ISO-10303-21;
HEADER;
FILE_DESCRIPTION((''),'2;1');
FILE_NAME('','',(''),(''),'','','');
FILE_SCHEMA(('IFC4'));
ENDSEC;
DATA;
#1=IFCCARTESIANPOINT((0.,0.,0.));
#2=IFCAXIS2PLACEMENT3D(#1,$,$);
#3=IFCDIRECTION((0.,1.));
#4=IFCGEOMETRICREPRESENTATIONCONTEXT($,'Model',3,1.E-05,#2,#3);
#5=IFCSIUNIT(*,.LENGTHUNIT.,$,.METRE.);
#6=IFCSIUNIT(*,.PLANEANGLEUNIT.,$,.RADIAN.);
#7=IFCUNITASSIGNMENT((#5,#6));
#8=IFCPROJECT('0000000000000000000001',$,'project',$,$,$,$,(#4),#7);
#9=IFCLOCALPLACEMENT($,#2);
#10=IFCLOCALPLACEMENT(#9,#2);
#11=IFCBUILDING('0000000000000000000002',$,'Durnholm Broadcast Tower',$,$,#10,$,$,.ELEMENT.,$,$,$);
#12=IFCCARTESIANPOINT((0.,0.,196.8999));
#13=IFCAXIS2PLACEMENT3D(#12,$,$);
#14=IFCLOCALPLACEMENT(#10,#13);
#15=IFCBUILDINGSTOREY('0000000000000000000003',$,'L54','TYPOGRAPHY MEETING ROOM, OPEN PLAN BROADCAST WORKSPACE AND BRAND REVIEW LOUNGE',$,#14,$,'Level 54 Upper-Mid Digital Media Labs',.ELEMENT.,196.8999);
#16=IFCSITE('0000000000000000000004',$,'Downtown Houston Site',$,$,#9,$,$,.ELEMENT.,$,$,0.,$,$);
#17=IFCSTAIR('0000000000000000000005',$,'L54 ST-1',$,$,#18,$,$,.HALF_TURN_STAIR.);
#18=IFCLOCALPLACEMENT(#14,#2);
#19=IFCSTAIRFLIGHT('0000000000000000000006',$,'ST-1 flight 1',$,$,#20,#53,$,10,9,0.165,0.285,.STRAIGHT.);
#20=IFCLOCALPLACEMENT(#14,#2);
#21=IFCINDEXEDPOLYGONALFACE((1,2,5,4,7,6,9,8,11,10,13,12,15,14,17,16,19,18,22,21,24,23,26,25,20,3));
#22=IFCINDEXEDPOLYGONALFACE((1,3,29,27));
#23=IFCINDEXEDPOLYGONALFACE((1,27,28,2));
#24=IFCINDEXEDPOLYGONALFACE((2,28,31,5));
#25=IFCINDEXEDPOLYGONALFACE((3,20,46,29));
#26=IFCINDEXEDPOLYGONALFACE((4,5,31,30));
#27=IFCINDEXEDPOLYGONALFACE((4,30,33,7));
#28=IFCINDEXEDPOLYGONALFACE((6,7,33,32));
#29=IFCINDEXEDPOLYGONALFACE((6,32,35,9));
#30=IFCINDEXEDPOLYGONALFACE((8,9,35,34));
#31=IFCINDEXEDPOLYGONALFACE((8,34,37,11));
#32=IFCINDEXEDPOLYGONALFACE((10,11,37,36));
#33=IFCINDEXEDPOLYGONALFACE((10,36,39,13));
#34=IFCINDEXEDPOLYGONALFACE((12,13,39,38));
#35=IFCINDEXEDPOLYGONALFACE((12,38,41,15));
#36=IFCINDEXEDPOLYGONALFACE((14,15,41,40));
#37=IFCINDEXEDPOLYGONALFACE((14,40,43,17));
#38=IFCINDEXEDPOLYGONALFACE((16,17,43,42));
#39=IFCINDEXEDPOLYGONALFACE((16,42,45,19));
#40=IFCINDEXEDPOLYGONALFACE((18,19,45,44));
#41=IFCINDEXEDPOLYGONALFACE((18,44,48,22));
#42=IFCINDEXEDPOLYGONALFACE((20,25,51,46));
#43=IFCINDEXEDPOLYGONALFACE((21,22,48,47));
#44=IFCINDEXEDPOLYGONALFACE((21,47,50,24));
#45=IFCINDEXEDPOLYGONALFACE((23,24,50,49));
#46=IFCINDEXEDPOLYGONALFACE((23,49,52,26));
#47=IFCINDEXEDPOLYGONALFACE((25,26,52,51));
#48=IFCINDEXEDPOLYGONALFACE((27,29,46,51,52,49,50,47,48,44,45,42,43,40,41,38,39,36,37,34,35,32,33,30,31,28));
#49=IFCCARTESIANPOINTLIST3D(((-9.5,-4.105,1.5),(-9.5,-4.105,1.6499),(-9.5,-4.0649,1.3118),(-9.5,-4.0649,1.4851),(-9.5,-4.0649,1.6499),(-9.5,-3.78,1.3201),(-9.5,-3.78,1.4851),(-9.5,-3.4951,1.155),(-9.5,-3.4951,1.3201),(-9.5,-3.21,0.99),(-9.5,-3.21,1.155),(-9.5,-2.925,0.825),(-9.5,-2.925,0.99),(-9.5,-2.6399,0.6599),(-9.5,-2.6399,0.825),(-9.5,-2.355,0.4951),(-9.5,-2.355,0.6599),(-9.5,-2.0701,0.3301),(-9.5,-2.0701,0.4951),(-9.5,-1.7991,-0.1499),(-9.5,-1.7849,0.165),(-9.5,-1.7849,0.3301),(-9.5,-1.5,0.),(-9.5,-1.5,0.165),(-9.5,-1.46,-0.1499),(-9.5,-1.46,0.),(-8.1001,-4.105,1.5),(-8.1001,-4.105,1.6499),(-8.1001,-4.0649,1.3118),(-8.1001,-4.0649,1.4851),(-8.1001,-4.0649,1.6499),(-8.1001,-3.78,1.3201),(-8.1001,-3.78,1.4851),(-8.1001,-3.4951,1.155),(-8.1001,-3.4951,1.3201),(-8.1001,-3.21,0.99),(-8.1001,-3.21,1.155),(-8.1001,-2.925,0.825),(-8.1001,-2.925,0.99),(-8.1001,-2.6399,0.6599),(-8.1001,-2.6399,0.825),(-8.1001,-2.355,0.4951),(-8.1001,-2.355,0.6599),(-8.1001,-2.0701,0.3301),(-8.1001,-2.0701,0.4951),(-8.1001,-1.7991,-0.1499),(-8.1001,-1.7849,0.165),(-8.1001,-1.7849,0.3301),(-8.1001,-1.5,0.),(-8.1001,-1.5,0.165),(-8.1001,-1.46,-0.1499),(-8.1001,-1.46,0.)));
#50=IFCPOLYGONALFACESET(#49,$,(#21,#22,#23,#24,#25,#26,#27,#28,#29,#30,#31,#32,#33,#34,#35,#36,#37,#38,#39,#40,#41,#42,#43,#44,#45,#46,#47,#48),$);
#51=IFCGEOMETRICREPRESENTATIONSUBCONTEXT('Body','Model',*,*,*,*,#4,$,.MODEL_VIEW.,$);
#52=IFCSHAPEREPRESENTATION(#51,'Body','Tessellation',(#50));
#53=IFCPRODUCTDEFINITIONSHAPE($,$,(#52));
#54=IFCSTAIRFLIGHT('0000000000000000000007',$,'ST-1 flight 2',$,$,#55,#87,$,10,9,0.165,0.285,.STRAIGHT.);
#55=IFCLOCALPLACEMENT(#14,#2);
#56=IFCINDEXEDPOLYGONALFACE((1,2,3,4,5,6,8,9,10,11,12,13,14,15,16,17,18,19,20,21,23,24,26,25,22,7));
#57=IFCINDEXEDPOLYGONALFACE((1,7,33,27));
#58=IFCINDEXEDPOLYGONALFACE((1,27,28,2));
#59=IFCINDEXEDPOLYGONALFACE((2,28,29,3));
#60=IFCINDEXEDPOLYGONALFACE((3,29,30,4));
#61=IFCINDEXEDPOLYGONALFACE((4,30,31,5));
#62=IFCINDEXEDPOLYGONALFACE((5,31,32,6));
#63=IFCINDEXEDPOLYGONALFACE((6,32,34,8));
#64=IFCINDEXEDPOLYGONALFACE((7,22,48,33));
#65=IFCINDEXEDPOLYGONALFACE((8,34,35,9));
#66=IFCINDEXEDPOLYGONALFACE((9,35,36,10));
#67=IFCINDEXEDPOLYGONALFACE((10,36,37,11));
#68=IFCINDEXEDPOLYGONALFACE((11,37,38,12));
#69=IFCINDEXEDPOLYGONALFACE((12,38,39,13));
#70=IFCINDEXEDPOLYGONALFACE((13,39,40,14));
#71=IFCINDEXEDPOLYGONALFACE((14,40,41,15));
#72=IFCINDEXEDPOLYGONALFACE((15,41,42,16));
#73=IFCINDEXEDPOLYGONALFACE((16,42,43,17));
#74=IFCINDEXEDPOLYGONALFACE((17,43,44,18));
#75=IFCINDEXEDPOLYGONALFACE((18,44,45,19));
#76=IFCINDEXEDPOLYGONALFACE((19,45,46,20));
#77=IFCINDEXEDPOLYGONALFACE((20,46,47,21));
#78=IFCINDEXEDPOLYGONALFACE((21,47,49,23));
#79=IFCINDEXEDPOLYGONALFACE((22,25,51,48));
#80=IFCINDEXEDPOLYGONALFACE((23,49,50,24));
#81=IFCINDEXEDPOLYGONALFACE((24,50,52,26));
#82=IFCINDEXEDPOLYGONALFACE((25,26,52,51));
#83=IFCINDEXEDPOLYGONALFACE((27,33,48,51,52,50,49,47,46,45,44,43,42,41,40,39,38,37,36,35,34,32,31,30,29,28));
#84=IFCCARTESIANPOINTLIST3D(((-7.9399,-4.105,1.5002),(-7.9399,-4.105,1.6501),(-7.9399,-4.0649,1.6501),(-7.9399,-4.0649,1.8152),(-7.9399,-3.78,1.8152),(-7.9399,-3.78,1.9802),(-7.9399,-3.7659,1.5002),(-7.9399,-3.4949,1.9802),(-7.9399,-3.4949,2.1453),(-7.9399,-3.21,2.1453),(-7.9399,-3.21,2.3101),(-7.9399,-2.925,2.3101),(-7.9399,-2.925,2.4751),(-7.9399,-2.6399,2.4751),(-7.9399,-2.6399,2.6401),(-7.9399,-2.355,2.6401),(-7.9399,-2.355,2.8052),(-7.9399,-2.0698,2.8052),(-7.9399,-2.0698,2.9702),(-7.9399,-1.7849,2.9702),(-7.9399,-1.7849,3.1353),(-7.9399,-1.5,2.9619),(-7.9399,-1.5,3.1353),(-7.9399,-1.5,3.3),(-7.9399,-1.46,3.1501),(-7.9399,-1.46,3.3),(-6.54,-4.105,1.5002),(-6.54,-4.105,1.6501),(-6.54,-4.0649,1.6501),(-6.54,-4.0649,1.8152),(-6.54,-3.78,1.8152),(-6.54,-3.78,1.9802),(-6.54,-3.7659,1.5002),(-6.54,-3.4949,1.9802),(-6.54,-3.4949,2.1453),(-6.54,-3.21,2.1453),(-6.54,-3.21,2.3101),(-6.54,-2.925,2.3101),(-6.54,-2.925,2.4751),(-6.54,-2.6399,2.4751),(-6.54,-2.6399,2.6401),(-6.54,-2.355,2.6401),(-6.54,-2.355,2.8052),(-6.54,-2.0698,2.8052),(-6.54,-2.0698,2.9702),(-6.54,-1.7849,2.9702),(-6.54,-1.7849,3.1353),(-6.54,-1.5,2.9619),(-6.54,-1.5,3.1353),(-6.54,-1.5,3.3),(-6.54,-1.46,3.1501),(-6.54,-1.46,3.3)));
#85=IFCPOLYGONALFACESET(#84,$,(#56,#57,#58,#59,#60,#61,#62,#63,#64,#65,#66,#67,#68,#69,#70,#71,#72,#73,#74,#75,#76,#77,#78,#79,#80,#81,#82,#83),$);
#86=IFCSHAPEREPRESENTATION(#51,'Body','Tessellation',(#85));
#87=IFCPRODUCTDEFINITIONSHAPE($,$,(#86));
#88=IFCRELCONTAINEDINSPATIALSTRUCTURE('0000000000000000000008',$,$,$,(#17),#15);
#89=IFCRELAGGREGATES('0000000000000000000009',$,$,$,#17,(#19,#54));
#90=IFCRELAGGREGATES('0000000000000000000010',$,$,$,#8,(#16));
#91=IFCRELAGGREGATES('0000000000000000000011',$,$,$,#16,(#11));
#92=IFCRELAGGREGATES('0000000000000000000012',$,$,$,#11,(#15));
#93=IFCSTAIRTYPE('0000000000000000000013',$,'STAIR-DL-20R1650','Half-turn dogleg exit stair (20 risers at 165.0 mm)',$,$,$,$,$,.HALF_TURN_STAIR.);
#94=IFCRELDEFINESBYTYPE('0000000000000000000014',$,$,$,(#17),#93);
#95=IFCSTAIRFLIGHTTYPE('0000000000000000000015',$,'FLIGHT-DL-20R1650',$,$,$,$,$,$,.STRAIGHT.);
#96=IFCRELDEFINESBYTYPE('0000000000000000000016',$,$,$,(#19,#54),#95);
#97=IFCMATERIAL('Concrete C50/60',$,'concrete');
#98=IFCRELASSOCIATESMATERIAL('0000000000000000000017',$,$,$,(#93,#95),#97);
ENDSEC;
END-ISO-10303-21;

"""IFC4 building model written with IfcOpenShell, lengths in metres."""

from ifc_helpers import new_model, si_unit, direction, frame, origin, place, context, subcontext, project, spatial, polyline, outline, extrude, material, type_object, element, aggregate, save


model = new_model("IFC4")

# Units and contexts
model_context = context("Model", 3, precision=1e-05, world=origin(), true_north=direction((0.0, 1.0)))
body_context = subcontext(model_context, "Body", "Model", "MODEL_VIEW")
ifc_project = project(units=[si_unit("LENGTHUNIT", "METRE"), si_unit("PLANEANGLEUNIT", "RADIAN")], contexts=[model_context])

# Site, building, storey
site_placement = place(None, origin())
site = spatial("IfcSite", under=ifc_project, at=site_placement, Name="Downtown Houston Site", CompositionType="ELEMENT", RefElevation=0.0)
building_placement = place(site_placement, origin())
building = spatial("IfcBuilding", under=site, at=building_placement, Name="Durnholm Broadcast Tower", CompositionType="ELEMENT")
storey_placement = place(building_placement, frame((0.0, 0.0, 196.8999)))
storey = spatial("IfcBuildingStorey", under=building, at=storey_placement, Name="L54", Description="TYPOGRAPHY MEETING ROOM, OPEN PLAN BROADCAST WORKSPACE AND BRAND REVIEW LOUNGE", LongName="Level 54 Upper-Mid Digital Media Labs", CompositionType="ELEMENT", Elevation=196.8999)

# Shared definitions
ifc_material_1 = material(Name="Concrete C50/60", Category="concrete")

# Stair
stair_type = type_object("IfcStairType", Name="STAIR-DL-20R1650", Description="Half-turn dogleg exit stair (20 risers at 165.0 mm)", PredefinedType="HALF_TURN_STAIR", material=ifc_material_1)
stair_placement = place(storey_placement, origin())
stair = element("IfcStair", 1, at=stair_placement, inside=storey, type_object=stair_type, Name="L54 ST-1", PredefinedType="HALF_TURN_STAIR")

# Stair flights
stair_flight_type = type_object("IfcStairFlightType", Name="FLIGHT-DL-20R1650", PredefinedType="STRAIGHT", material=ifc_material_1)
stair_flight_1_placement = place(storey_placement, frame((-8.8, -1.5, 0.0), z_axis=(0.0, 0.0, 1.0), x_axis=(0.0, -1.0, 0.0)))
stair_flight_1 = element("IfcStairFlight", 2, at=stair_flight_1_placement, type_object=stair_flight_type, Name="ST-1 flight 1", NumberOfRisers=10, NumberOfTreads=9, PredefinedType="STRAIGHT", RiserHeight=0.165, TreadLength=0.285, context=body_context, shape_type="SweptSolid", body=[
    extrude(outline(polyline([(-0.04, -0.1499), (-0.04, 0.0), (0.0, 0.0), (0.0, 0.165), (0.2849, 0.165), (0.2849, 0.3301), (0.5701, 0.3301), (0.5701, 0.4951), (0.855, 0.4951), (0.855, 0.6599), (1.1399, 0.6599), (1.1399, 0.825), (1.425, 0.825), (1.425, 0.99), (1.71, 0.99), (1.71, 1.155), (1.9951, 1.155), (1.9951, 1.3201), (2.28, 1.3201), (2.28, 1.4851), (2.5649, 1.4851), (2.5649, 1.6499), (2.605, 1.6499), (2.605, 1.5), (2.5649, 1.3118), (0.2991, -0.1499), (-0.04, -0.1499)])), frame((0.0, 0.7, 0.0), z_axis=(0.0, -1.0, 0.0), x_axis=(1.0, 0.0, 0.0)), (0.0, 0.0, 1.0), 1.3999),
])
stair_flight_2_placement = place(storey_placement, frame((-7.24, -4.0649, 1.6501), z_axis=(0.0, 0.0, 1.0), x_axis=(0.0, 1.0, 0.0)))
stair_flight_2 = element("IfcStairFlight", 3, at=stair_flight_2_placement, type_object=stair_flight_type, Name="ST-1 flight 2", NumberOfRisers=10, NumberOfTreads=9, PredefinedType="STRAIGHT", RiserHeight=0.165, TreadLength=0.285, context=body_context, shape_type="SweptSolid", body=[
    extrude(outline(polyline([(-0.04, -0.1499), (-0.04, 0.0), (0.0, 0.0), (0.0, 0.165), (0.2849, 0.165), (0.2849, 0.3301), (0.5701, 0.3301), (0.5701, 0.4951), (0.855, 0.4951), (0.855, 0.6599), (1.1399, 0.6599), (1.1399, 0.825), (1.425, 0.825), (1.425, 0.99), (1.71, 0.99), (1.71, 1.155), (1.9951, 1.155), (1.9951, 1.3201), (2.28, 1.3201), (2.28, 1.4851), (2.5649, 1.4851), (2.5649, 1.6499), (2.605, 1.6499), (2.605, 1.5), (2.5649, 1.3118), (0.2991, -0.1499), (-0.04, -0.1499)])), frame((0.0, 0.7, 0.0), z_axis=(0.0, -1.0, 0.0), x_axis=(1.0, 0.0, 0.0)), (0.0, 0.0, 1.0), 1.3999),
])
aggregate(stair, [stair_flight_1, stair_flight_2])

save(model, "model.ifc")
